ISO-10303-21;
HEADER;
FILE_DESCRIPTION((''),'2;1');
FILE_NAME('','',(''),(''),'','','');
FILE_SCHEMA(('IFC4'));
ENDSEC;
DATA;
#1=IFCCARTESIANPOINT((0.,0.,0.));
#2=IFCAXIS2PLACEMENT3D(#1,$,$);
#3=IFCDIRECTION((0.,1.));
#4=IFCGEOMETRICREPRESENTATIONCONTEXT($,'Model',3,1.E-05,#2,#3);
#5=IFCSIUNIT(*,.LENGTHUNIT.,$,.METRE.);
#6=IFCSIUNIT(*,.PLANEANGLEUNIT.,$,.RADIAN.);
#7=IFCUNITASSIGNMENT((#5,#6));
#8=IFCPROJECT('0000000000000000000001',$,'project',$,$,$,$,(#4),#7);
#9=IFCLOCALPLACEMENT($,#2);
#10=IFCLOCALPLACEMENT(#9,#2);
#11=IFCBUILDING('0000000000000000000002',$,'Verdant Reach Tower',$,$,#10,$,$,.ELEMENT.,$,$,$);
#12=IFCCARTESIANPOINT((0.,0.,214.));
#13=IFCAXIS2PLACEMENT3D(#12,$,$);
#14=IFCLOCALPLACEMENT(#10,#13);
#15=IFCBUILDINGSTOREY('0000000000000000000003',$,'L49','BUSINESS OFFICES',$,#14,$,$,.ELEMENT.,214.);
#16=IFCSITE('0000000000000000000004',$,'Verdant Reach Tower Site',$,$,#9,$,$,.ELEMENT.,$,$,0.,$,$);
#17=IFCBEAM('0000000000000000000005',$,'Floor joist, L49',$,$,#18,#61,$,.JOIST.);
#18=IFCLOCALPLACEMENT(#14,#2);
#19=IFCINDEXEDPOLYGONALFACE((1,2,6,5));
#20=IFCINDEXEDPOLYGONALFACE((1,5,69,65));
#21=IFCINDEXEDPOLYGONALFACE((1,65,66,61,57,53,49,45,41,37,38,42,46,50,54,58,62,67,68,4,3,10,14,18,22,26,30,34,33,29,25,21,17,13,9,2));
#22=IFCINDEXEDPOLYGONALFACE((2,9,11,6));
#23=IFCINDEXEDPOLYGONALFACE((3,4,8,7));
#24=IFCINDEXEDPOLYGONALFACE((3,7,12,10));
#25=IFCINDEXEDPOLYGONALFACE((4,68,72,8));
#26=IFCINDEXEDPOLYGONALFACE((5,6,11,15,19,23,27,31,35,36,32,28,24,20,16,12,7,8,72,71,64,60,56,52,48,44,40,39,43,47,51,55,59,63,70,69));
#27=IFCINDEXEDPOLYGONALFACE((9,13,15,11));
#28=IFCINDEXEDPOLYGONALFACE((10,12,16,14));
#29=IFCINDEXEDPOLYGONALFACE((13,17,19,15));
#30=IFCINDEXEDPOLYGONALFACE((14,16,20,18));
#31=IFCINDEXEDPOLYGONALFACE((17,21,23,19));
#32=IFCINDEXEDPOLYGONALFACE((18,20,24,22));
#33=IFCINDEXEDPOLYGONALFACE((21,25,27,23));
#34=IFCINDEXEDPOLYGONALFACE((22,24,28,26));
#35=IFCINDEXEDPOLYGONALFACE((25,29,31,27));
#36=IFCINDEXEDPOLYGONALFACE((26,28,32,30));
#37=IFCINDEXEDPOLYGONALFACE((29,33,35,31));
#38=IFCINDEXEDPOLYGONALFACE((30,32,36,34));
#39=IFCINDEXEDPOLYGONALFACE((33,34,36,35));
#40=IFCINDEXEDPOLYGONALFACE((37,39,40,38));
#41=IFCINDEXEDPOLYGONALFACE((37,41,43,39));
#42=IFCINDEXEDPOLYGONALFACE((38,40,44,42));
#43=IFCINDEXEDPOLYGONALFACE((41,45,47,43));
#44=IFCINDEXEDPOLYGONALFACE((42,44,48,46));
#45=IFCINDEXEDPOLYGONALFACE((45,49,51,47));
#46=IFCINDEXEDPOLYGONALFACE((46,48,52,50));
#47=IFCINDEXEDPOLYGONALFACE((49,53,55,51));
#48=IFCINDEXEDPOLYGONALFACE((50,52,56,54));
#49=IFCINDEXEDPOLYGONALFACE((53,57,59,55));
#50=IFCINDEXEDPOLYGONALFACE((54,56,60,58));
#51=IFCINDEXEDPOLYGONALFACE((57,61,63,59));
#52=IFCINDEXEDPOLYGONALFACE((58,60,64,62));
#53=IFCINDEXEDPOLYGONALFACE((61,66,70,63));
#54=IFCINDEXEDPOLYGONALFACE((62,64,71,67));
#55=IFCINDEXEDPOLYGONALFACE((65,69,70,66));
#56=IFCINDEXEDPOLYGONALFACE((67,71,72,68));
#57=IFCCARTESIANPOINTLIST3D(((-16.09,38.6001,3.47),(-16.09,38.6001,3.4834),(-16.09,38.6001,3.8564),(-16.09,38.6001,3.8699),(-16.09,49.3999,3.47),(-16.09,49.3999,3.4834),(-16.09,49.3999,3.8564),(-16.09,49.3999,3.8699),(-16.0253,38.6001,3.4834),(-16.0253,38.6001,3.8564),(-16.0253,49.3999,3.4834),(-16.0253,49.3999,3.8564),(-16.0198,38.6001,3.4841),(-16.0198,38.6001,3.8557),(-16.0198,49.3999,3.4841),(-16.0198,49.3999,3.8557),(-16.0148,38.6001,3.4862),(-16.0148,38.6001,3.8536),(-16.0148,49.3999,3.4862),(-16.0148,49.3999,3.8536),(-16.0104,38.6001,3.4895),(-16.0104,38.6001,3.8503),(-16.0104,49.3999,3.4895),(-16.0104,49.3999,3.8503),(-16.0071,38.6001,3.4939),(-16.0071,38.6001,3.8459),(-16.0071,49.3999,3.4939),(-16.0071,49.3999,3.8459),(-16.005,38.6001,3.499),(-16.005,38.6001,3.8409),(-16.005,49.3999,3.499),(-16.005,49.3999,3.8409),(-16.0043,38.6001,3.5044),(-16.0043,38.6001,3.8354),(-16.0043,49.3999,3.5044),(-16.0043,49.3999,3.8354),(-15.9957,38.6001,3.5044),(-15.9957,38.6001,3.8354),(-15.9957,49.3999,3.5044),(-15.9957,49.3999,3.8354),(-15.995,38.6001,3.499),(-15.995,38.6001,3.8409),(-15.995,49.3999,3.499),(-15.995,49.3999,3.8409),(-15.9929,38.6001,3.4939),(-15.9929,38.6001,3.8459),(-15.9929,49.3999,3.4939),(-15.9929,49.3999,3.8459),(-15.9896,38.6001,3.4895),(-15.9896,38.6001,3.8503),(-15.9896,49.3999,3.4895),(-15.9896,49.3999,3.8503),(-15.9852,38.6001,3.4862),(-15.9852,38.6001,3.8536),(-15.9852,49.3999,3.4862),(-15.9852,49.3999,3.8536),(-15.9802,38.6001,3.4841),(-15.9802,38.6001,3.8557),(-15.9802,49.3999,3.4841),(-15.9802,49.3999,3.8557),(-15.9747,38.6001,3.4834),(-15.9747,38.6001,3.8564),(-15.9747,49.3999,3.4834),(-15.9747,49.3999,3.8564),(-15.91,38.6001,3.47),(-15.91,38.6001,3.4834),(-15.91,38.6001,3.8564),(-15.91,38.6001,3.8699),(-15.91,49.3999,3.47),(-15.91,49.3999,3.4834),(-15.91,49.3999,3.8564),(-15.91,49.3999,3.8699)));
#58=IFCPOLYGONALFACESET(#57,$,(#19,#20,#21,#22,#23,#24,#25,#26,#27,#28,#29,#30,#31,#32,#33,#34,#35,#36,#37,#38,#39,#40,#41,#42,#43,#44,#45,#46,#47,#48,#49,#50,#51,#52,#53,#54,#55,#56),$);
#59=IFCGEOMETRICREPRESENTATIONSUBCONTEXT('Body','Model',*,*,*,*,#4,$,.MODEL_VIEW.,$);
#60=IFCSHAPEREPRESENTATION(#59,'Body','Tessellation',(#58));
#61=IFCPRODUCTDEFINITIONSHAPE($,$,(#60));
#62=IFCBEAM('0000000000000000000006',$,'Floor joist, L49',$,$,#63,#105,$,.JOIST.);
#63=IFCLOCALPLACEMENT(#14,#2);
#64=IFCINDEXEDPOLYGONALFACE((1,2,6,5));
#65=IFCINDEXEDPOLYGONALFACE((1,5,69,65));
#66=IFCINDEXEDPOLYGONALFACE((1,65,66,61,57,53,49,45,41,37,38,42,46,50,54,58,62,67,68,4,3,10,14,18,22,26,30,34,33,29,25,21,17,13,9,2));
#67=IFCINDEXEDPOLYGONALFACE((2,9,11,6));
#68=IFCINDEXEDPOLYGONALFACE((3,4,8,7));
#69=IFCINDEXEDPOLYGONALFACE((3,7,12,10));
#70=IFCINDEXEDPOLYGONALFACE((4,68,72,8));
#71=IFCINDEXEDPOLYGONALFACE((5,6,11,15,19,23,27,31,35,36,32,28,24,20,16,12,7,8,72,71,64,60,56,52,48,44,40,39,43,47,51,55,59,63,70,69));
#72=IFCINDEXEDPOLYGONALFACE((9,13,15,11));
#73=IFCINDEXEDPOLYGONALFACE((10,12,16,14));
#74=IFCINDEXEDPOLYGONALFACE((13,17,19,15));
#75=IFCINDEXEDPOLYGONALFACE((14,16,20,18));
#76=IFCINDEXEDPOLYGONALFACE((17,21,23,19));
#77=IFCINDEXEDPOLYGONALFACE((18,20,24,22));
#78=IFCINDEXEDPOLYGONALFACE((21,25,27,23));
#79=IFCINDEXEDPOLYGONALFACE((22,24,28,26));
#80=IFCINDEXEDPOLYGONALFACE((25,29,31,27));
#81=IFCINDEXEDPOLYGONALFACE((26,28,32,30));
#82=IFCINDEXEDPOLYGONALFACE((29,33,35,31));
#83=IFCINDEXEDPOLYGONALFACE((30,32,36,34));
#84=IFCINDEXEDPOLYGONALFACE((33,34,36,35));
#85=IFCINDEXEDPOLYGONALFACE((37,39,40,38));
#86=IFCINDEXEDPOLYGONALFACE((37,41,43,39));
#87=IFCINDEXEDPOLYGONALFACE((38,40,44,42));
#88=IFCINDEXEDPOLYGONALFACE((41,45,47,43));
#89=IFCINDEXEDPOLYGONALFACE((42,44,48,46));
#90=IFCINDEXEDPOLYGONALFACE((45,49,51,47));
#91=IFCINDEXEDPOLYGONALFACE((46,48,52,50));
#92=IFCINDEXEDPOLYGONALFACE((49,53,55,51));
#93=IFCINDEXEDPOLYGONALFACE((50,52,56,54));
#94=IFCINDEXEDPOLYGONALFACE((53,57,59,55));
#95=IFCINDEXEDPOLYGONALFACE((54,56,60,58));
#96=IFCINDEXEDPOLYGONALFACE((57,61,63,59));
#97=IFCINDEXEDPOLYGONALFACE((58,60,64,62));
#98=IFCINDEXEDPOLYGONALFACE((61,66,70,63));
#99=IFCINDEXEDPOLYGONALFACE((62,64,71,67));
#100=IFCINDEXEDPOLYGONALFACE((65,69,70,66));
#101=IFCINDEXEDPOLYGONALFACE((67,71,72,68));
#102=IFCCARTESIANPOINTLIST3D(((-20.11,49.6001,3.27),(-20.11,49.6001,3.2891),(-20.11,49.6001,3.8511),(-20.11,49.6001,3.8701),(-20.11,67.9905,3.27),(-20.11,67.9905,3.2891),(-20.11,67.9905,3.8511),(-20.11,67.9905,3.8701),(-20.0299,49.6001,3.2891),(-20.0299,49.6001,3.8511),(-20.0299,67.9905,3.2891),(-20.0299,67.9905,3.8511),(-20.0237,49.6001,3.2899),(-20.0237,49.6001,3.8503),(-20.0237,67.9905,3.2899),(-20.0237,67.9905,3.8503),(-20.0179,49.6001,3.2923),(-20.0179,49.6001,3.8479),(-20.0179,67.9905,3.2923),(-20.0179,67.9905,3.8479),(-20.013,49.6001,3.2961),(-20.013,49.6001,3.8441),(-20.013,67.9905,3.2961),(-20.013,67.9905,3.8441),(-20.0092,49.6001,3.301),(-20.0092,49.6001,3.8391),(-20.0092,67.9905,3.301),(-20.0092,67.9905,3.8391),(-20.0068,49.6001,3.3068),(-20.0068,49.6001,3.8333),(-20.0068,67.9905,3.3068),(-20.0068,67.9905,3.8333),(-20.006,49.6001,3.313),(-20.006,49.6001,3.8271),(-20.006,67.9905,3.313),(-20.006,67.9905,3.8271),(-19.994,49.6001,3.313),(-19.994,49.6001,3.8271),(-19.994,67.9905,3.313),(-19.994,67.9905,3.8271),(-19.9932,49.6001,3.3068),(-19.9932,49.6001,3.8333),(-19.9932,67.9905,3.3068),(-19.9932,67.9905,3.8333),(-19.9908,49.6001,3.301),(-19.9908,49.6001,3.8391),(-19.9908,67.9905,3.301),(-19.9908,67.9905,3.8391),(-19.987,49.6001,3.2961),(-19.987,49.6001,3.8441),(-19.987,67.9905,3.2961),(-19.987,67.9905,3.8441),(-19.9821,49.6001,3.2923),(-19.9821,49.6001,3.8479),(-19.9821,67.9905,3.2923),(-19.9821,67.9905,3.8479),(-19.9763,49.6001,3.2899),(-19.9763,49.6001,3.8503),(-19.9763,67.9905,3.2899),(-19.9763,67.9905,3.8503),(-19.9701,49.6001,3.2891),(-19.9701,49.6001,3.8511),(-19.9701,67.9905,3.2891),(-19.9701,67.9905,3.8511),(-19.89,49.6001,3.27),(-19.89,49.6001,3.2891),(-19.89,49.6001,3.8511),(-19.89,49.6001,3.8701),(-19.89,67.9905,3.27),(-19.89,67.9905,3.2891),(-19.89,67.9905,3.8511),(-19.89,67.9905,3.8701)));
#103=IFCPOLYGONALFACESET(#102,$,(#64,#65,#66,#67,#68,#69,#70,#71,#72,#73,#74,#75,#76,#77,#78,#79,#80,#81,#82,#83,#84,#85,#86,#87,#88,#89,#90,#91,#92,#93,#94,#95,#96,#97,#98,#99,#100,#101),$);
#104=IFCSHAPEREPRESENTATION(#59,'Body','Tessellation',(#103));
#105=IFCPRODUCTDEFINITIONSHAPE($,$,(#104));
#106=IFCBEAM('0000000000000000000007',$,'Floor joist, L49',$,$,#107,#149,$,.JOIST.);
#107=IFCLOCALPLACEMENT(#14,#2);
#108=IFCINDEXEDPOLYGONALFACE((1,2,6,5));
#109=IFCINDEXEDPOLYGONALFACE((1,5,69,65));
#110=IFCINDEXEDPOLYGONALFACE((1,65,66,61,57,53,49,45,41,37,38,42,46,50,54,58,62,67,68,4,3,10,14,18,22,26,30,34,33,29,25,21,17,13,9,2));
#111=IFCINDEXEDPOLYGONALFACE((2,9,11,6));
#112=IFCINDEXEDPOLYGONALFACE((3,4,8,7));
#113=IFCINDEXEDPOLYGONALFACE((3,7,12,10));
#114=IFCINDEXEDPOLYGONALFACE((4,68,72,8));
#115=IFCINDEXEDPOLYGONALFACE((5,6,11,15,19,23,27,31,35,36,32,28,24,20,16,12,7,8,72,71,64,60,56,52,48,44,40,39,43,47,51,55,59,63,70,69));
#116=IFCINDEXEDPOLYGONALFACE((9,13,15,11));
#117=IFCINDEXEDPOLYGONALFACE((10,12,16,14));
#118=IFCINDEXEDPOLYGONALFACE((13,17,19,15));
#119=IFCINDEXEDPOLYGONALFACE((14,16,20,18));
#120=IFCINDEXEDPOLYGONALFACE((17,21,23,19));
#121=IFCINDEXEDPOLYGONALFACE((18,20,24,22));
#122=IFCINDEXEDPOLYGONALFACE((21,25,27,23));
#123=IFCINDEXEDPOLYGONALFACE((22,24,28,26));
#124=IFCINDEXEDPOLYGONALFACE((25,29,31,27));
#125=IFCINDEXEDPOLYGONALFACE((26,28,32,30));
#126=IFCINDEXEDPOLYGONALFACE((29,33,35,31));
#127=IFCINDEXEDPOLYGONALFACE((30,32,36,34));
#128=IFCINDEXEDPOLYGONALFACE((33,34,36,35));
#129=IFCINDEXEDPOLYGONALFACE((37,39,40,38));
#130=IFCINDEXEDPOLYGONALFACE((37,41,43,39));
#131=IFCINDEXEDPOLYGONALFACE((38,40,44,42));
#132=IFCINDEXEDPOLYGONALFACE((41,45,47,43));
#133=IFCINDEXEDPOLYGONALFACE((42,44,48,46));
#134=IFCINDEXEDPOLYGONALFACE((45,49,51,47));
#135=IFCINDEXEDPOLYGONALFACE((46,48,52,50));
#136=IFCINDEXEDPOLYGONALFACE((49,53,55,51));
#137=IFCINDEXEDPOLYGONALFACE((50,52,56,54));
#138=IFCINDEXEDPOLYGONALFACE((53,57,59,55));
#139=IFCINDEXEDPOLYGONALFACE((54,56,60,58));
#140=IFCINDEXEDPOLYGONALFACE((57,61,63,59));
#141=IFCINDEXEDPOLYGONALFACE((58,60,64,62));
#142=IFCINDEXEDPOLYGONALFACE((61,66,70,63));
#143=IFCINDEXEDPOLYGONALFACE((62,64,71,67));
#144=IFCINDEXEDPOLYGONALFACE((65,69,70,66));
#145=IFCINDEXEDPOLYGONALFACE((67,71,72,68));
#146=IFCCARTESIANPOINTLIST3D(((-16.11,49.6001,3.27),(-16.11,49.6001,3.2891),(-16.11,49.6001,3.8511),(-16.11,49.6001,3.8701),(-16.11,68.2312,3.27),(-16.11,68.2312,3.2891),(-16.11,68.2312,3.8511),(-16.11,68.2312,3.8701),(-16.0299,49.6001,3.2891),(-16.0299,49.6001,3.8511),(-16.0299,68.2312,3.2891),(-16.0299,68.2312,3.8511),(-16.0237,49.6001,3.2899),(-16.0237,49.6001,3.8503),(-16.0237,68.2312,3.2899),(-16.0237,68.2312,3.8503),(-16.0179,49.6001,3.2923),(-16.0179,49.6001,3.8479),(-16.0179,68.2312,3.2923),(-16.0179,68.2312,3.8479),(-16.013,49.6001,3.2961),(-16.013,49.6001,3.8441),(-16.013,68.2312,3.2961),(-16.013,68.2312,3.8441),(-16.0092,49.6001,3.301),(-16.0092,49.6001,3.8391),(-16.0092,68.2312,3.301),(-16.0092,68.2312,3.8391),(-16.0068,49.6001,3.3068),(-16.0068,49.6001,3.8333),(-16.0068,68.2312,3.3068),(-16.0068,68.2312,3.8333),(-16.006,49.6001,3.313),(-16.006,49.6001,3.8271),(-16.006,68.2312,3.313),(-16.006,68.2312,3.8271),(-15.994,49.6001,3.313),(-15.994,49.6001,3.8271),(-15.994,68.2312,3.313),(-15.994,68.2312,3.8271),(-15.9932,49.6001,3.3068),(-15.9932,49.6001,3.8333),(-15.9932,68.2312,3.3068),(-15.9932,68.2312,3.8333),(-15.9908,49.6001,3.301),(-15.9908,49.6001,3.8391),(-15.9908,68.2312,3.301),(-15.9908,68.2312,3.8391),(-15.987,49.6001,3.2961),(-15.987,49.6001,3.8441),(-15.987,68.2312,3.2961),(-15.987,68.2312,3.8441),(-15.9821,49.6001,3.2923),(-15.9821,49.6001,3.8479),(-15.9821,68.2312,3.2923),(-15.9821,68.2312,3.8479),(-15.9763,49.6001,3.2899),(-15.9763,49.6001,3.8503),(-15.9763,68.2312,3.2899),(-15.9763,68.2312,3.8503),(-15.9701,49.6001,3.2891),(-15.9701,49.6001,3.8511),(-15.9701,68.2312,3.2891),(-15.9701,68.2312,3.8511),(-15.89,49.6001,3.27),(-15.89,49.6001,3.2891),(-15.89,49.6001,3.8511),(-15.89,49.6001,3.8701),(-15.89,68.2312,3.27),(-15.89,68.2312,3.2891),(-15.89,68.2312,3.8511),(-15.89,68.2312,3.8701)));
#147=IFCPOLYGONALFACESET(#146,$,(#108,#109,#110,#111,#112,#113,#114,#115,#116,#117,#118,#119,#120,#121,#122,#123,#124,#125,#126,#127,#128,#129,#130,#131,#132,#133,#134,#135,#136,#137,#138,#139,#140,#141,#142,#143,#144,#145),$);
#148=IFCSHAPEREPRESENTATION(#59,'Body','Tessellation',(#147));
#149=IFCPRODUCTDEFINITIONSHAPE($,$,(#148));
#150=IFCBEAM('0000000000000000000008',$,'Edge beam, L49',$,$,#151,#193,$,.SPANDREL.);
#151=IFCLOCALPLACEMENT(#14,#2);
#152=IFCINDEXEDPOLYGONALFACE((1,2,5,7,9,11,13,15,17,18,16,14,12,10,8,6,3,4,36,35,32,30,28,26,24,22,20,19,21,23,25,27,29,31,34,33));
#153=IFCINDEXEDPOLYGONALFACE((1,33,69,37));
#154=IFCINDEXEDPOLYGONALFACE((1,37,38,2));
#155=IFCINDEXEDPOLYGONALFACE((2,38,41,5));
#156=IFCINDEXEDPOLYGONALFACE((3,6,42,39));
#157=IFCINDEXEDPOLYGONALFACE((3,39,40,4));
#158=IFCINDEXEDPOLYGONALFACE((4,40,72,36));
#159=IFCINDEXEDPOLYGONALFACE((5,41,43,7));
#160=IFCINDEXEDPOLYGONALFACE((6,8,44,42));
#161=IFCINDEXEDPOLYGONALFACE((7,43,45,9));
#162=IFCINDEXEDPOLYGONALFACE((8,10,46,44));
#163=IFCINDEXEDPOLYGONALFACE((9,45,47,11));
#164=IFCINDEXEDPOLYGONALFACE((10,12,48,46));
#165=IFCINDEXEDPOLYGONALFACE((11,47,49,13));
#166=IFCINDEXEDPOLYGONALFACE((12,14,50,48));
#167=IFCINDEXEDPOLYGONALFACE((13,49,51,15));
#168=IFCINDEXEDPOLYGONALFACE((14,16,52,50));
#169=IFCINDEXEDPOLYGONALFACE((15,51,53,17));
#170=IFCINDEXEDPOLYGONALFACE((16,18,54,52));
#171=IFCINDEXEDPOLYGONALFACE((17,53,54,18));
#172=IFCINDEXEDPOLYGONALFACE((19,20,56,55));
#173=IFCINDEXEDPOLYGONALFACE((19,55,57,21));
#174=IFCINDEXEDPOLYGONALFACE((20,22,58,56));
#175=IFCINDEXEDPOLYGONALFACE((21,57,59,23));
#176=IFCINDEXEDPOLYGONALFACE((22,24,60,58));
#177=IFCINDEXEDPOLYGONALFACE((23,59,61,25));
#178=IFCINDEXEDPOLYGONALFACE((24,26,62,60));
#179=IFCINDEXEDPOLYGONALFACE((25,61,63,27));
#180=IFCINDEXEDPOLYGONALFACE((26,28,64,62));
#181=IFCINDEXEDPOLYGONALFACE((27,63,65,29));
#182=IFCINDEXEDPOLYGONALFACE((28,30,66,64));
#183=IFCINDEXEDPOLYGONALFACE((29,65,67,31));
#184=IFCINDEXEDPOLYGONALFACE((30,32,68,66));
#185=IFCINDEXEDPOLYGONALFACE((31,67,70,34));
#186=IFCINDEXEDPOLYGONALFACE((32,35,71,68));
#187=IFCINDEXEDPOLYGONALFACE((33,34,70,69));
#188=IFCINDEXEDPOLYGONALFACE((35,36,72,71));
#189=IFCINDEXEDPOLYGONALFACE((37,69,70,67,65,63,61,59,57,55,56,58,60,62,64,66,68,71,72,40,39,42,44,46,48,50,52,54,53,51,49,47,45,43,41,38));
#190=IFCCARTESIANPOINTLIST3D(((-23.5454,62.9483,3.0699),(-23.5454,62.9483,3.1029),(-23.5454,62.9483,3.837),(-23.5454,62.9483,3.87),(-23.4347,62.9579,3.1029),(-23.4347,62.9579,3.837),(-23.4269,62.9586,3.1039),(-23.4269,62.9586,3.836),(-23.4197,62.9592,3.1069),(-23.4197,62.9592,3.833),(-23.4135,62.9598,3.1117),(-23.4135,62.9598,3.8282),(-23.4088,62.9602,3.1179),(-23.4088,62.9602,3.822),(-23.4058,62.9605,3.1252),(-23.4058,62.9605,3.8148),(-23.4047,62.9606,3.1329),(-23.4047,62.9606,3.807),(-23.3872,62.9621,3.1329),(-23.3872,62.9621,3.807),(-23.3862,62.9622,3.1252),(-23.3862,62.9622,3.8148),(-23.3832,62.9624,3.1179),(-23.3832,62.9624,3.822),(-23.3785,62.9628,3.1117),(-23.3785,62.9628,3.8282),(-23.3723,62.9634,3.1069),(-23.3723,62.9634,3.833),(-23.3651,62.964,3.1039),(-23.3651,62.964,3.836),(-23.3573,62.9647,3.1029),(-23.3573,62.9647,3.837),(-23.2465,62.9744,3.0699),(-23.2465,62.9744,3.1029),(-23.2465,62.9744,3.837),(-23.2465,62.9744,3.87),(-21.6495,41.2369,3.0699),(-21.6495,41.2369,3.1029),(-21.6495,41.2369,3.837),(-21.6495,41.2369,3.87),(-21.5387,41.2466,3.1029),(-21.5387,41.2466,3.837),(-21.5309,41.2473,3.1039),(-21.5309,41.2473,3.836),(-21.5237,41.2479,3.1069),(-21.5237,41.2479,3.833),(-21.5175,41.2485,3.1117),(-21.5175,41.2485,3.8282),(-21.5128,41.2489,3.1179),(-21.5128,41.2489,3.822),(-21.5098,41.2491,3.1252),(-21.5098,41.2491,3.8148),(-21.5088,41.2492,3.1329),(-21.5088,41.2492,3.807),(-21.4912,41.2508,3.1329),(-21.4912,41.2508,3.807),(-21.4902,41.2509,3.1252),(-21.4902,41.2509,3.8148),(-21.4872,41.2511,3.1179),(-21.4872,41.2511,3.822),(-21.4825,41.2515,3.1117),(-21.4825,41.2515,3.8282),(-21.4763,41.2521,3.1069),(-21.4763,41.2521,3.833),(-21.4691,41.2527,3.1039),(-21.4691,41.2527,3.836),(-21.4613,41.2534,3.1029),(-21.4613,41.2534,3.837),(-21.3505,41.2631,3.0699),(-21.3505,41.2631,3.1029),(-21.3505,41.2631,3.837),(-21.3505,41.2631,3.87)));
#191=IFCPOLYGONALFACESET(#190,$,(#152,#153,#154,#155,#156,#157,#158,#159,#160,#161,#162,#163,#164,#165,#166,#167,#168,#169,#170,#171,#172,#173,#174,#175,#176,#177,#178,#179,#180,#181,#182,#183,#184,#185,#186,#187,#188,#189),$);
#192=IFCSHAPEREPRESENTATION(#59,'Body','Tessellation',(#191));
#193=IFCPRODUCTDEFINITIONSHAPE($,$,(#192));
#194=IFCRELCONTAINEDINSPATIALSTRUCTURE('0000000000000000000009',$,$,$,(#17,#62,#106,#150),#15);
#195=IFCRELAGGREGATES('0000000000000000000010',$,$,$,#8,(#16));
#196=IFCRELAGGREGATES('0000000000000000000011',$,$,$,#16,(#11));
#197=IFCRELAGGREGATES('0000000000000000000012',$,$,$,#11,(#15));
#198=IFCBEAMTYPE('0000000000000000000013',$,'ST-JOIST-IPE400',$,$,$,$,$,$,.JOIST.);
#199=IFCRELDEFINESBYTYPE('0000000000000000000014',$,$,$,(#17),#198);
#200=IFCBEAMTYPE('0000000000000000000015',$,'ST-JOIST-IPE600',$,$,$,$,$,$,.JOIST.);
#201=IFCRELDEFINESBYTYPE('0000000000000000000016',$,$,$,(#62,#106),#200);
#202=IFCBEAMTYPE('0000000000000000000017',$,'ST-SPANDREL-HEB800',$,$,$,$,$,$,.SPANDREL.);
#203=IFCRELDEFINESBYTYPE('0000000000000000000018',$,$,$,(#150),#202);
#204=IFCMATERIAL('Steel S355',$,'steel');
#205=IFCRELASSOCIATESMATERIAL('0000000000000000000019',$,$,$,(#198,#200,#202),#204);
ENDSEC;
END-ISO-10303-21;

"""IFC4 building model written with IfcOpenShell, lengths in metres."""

from ifc_helpers import new_model, si_unit, direction, frame, origin, origin_2d, place, context, subcontext, project, spatial, i_section, extrude, material, material_profile, profile_set, type_object, element, save


model = new_model("IFC4")

# Units and contexts
model_context = context("Model", 3, precision=1e-05, world=origin(), true_north=direction((0.0, 1.0)))
body_context = subcontext(model_context, "Body", "Model", "MODEL_VIEW")
ifc_project = project(units=[si_unit("LENGTHUNIT", "METRE"), si_unit("PLANEANGLEUNIT", "RADIAN")], contexts=[model_context])

# Site, building, storey
site_placement = place(None, origin())
site = spatial("IfcSite", under=ifc_project, at=site_placement, Name="Verdant Reach Tower Site", CompositionType="ELEMENT", RefElevation=0.0)
building_placement = place(site_placement, origin())
building = spatial("IfcBuilding", under=site, at=building_placement, Name="Verdant Reach Tower", CompositionType="ELEMENT")
storey_placement = place(building_placement, frame((0.0, 0.0, 214.0)))
storey = spatial("IfcBuildingStorey", under=building, at=storey_placement, Name="L49", Description="BUSINESS OFFICES", CompositionType="ELEMENT", Elevation=214.0)

# Beams
ifc_material_1 = material(Name="Steel S355", Category="steel")
ifc_material_profile_1 = material_profile(ifc_material_1, i_section(OverallWidth=0.1799, OverallDepth=0.3999, WebThickness=0.0085, FlangeThickness=0.0134, FilletRadius=0.021, at=origin_2d()), Name="IPE 400")
ifc_profile_set_1 = profile_set([ifc_material_profile_1], Name="Steel S355")
beam_type_1 = type_object("IfcBeamType", Name="ST-JOIST-IPE400", PredefinedType="JOIST", material=ifc_profile_set_1)
for number, where, z_axis, x_axis, name in (
    (1, (-16.0, 38.6001, 3.6699), (0.0, 1.0, 0.0), (-1.0, 0.0, 0.0), "Floor joist, L49"),
):
    element("IfcBeam", number, at=place(storey_placement, frame(where, z_axis=z_axis, x_axis=x_axis)), inside=storey, type_object=beam_type_1, Name=name, PredefinedType="JOIST", context=body_context, shape_type="SweptSolid", body=[
        extrude(i_section(OverallWidth=0.1799, OverallDepth=0.3999, WebThickness=0.0085, FlangeThickness=0.0134, FilletRadius=0.021, at=origin_2d()), origin(), (0.0, 0.0, 1.0), 10.7998),
    ])
ifc_material_profile_2 = material_profile(ifc_material_1, i_section(OverallWidth=0.22, OverallDepth=0.6001, WebThickness=0.012, FlangeThickness=0.019, FilletRadius=0.0239, at=origin_2d()), Name="IPE 600")
ifc_profile_set_2 = profile_set([ifc_material_profile_2], Name="Steel S355")
beam_type_2 = type_object("IfcBeamType", Name="ST-JOIST-IPE600", PredefinedType="JOIST", material=ifc_profile_set_2)
beam_1_placement = place(storey_placement, frame((-20.0, 49.6001, 3.5701), z_axis=(0.0, 1.0, 0.0), x_axis=(-1.0, 0.0, 0.0)))
element("IfcBeam", 2, at=beam_1_placement, inside=storey, type_object=beam_type_2, Name="Floor joist, L49", PredefinedType="JOIST", context=body_context, shape_type="SweptSolid", body=[
    extrude(i_section(OverallWidth=0.22, OverallDepth=0.6001, WebThickness=0.012, FlangeThickness=0.019, FilletRadius=0.0239, at=origin_2d()), origin(), (0.0, 0.0, 1.0), 18.3904),
])
beam_2_placement = place(storey_placement, frame((-16.0, 49.6001, 3.5701), z_axis=(0.0, 1.0, 0.0), x_axis=(-1.0, 0.0, 0.0)))
element("IfcBeam", 3, at=beam_2_placement, inside=storey, type_object=beam_type_2, Name="Floor joist, L49", PredefinedType="JOIST", context=body_context, shape_type="SweptSolid", body=[
    extrude(i_section(OverallWidth=0.22, OverallDepth=0.6001, WebThickness=0.012, FlangeThickness=0.019, FilletRadius=0.0239, at=origin_2d()), origin(), (0.0, 0.0, 1.0), 18.6311),
])
ifc_material_profile_3 = material_profile(ifc_material_1, i_section(OverallWidth=0.3, OverallDepth=0.8, WebThickness=0.0176, FlangeThickness=0.033, FilletRadius=0.03, at=origin_2d()), Name="HEB 800")
ifc_profile_set_3 = profile_set([ifc_material_profile_3], Name="Steel S355")
beam_type_3 = type_object("IfcBeamType", Name="ST-SPANDREL-HEB800", PredefinedType="SPANDREL", material=ifc_profile_set_3)
beam_3_placement = place(storey_placement, frame((-21.5, 41.25, 3.47), z_axis=(-0.086996, 0.996209, 0.0), x_axis=(-0.996209, -0.086996, 0.0)))
element("IfcBeam", 4, at=beam_3_placement, inside=storey, type_object=beam_type_3, Name="Edge beam, L49", PredefinedType="SPANDREL", context=body_context, shape_type="SweptSolid", body=[
    extrude(i_section(OverallWidth=0.3, OverallDepth=0.8, WebThickness=0.0176, FlangeThickness=0.033, FilletRadius=0.03, at=origin_2d()), origin(), (0.0, 0.0, 1.0), 21.7939),
])

save(model, "model.ifc")
